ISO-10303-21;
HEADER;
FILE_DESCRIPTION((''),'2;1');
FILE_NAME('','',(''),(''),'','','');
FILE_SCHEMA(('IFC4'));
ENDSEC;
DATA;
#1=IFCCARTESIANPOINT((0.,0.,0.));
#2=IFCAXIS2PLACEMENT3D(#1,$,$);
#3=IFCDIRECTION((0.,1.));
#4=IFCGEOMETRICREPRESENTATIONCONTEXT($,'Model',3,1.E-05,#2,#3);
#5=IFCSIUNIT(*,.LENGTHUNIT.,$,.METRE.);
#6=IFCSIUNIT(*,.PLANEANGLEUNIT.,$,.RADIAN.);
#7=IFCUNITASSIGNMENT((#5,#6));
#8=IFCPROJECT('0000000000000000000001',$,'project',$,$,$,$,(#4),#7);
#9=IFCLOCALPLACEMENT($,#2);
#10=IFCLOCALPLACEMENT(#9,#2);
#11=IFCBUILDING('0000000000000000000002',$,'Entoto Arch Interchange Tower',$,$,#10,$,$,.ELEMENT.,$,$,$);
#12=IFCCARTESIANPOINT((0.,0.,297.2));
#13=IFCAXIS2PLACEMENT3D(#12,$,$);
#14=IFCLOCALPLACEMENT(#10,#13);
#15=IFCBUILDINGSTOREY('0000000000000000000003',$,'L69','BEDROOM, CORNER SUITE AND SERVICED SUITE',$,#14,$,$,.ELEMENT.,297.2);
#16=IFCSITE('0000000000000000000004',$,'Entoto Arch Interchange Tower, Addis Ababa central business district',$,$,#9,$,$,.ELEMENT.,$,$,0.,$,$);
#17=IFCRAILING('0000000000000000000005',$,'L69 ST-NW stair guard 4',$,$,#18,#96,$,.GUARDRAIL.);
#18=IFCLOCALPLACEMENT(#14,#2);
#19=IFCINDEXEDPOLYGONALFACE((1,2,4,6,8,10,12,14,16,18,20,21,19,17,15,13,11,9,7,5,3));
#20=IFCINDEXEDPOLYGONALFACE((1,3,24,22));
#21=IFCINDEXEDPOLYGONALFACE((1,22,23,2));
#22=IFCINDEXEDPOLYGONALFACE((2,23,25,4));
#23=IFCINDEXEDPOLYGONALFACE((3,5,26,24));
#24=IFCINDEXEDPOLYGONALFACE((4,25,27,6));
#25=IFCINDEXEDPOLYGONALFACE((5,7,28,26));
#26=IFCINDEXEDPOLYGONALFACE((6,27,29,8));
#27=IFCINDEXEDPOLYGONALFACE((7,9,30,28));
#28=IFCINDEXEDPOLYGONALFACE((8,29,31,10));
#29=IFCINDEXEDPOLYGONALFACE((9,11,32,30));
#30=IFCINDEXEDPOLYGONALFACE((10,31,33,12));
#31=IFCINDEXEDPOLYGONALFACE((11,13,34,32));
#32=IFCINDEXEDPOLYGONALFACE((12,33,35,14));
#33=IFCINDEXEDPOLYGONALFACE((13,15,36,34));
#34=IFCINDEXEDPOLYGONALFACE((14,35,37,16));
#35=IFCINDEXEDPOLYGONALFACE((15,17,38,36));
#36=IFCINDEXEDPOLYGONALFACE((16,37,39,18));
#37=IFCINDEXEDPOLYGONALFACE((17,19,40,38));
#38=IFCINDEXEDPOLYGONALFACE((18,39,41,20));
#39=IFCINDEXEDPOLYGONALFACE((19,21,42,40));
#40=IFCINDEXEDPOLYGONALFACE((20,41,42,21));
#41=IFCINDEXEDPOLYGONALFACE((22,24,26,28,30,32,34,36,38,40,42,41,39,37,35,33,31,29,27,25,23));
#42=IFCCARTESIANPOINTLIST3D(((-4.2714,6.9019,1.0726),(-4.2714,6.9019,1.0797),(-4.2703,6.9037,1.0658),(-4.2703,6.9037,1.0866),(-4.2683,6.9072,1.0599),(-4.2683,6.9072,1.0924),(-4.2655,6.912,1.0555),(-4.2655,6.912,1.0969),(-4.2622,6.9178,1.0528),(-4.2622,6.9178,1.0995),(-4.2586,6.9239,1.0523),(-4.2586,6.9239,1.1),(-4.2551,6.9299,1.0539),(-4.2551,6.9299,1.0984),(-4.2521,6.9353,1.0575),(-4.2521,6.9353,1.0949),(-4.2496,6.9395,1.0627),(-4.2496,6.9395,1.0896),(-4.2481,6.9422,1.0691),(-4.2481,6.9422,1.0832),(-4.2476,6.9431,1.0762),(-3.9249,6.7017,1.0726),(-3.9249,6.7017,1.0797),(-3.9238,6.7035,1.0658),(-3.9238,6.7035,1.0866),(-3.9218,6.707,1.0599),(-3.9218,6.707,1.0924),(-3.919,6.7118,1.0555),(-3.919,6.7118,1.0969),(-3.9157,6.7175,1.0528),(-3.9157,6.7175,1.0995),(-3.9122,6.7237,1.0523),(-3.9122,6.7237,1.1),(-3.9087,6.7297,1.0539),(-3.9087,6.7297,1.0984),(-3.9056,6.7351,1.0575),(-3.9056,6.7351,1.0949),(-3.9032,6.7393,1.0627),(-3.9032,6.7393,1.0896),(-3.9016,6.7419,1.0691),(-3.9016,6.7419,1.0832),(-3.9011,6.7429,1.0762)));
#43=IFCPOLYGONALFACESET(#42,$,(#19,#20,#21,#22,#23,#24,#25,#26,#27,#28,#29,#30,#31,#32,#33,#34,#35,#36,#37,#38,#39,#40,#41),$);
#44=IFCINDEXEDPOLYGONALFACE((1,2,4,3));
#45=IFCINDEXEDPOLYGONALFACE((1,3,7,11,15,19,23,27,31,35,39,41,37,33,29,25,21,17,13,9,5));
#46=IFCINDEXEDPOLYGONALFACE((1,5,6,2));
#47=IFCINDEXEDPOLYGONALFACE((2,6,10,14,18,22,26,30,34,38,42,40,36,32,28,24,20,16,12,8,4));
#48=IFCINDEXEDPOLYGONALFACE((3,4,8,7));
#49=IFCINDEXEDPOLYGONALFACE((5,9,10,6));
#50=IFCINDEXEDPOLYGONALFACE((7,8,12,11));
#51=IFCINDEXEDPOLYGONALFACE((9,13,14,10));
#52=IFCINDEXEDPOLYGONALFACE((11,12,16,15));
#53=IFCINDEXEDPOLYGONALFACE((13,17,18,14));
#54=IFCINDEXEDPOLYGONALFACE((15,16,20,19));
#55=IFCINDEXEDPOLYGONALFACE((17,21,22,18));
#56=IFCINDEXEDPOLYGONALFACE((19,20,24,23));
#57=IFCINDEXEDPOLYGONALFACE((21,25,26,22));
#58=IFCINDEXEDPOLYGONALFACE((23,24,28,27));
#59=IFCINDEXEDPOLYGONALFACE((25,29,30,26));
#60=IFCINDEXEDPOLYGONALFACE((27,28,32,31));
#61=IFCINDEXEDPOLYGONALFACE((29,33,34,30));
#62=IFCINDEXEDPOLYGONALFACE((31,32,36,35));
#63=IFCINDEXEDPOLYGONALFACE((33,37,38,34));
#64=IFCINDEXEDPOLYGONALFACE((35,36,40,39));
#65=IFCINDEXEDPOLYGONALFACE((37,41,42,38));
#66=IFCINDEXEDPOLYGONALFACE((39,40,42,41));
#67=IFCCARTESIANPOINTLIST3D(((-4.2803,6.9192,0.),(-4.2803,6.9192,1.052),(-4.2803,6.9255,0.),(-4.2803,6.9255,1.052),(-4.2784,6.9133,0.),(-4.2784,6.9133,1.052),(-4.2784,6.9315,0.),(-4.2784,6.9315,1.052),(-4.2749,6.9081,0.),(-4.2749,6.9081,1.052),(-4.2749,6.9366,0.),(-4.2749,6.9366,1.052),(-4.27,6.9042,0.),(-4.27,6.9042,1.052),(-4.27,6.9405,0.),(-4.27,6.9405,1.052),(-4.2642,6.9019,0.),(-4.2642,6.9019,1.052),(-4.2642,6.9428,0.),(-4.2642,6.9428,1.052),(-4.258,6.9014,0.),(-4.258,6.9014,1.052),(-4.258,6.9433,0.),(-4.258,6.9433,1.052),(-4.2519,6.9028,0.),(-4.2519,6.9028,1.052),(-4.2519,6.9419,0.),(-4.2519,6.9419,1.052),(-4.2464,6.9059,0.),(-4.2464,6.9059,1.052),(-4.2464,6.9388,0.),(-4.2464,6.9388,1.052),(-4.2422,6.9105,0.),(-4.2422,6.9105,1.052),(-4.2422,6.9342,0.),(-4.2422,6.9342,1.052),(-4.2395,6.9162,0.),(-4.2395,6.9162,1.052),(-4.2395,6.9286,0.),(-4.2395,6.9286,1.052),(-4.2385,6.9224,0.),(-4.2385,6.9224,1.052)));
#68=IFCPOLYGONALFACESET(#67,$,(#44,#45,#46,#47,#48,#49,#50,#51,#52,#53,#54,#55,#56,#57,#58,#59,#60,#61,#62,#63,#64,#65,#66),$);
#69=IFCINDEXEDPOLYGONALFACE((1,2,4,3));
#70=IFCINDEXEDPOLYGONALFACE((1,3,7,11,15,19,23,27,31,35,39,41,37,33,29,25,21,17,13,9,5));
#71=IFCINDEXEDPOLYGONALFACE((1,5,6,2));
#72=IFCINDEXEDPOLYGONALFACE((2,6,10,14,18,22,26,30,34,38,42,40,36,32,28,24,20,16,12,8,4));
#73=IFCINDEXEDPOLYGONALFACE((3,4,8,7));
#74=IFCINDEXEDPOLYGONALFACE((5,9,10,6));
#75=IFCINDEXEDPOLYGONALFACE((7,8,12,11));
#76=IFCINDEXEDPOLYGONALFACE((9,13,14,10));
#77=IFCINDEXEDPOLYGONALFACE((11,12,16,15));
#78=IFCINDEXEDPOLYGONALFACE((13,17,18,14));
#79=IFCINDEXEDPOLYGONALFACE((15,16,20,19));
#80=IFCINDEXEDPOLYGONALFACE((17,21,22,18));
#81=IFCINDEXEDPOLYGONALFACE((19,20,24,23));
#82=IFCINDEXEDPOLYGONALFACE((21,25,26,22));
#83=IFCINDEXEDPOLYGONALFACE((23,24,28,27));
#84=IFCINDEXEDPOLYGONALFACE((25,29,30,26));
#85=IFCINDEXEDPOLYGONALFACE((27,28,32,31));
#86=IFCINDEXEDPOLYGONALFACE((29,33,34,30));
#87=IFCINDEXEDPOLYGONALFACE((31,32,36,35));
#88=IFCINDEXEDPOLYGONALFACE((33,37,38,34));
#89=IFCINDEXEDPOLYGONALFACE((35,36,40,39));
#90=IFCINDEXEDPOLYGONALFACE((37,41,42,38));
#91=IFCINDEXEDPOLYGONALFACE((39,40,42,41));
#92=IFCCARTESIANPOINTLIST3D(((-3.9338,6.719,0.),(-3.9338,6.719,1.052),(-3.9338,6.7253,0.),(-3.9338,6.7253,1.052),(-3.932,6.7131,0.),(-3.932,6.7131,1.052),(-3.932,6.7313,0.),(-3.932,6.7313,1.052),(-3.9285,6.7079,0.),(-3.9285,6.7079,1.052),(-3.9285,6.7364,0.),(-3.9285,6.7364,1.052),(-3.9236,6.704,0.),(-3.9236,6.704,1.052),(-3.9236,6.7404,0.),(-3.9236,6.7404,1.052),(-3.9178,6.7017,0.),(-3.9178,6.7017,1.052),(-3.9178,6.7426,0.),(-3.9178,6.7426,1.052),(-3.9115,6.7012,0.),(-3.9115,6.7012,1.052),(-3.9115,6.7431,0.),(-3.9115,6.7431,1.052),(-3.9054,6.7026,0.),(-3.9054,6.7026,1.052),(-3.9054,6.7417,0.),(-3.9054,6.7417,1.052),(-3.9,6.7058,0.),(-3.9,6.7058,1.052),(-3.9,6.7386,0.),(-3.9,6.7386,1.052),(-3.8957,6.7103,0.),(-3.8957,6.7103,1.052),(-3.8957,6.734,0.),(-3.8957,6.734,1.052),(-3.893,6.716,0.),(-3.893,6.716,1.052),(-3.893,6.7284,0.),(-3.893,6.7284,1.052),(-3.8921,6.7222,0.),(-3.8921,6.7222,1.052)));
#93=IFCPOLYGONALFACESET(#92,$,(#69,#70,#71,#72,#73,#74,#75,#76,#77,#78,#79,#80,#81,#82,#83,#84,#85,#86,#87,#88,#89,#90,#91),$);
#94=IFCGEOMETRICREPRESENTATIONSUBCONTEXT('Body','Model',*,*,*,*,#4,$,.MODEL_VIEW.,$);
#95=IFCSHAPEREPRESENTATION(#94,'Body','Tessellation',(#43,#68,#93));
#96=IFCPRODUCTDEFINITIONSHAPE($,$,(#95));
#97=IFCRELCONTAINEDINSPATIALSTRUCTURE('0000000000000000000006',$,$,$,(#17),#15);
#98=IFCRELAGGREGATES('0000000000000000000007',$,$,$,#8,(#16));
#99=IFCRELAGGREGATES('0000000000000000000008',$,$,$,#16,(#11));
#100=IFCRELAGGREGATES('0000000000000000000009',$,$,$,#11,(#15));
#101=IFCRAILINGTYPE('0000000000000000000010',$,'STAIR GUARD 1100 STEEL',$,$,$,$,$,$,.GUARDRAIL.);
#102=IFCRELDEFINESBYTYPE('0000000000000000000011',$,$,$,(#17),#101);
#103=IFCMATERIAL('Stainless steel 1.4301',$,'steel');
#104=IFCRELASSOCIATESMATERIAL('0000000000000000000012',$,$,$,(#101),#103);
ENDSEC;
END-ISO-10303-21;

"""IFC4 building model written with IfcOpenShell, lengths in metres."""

from ifc_helpers import new_model, si_unit, direction, frame, origin, origin_2d, place, context, subcontext, project, spatial, circle, extrude, material, type_object, element, save


model = new_model("IFC4")

# Units and contexts
model_context = context("Model", 3, precision=1e-05, world=origin(), true_north=direction((0.0, 1.0)))
body_context = subcontext(model_context, "Body", "Model", "MODEL_VIEW")
ifc_project = project(units=[si_unit("LENGTHUNIT", "METRE"), si_unit("PLANEANGLEUNIT", "RADIAN")], contexts=[model_context])

# Site, building, storey
site_placement = place(None, origin())
site = spatial("IfcSite", under=ifc_project, at=site_placement, Name="Entoto Arch Interchange Tower, Addis Ababa central business district", CompositionType="ELEMENT", RefElevation=0.0)
building_placement = place(site_placement, origin())
building = spatial("IfcBuilding", under=site, at=building_placement, Name="Entoto Arch Interchange Tower", CompositionType="ELEMENT")
storey_placement = place(building_placement, frame((0.0, 0.0, 297.2)))
storey = spatial("IfcBuildingStorey", under=building, at=storey_placement, Name="L69", Description="BEDROOM, CORNER SUITE AND SERVICED SUITE", CompositionType="ELEMENT", Elevation=297.2)

# Railing
ifc_material_1 = material(Name="Stainless steel 1.4301", Category="steel")
railing_type_1 = type_object("IfcRailingType", Name="STAIR GUARD 1100 STEEL", PredefinedType="GUARDRAIL", material=ifc_material_1)
railing_1_placement = place(storey_placement, frame((-4.2595, 6.9224, 0.0)))
element("IfcRailing", 1, at=railing_1_placement, inside=storey, type_object=railing_type_1, Name="L69 ST-NW stair guard 4", PredefinedType="GUARDRAIL", context=body_context, shape_type="SweptSolid", body=[
    extrude(circle(Radius=0.0239, at=origin_2d()), frame((0.0, 0.0, 1.0762), z_axis=(0.86583, -0.500339, 0.0), x_axis=(0.500339, 0.86583, 0.0)), (0.0, 0.0, 1.0), 0.4001),
    extrude(circle(Radius=0.021, at=origin_2d()), origin(), (0.0, 0.0, 1.0), 1.052),
    extrude(circle(Radius=0.021, at=origin_2d()), frame((0.3464, -0.2002, 0.0)), (0.0, 0.0, 1.0), 1.052),
])

save(model, "model.ifc")
